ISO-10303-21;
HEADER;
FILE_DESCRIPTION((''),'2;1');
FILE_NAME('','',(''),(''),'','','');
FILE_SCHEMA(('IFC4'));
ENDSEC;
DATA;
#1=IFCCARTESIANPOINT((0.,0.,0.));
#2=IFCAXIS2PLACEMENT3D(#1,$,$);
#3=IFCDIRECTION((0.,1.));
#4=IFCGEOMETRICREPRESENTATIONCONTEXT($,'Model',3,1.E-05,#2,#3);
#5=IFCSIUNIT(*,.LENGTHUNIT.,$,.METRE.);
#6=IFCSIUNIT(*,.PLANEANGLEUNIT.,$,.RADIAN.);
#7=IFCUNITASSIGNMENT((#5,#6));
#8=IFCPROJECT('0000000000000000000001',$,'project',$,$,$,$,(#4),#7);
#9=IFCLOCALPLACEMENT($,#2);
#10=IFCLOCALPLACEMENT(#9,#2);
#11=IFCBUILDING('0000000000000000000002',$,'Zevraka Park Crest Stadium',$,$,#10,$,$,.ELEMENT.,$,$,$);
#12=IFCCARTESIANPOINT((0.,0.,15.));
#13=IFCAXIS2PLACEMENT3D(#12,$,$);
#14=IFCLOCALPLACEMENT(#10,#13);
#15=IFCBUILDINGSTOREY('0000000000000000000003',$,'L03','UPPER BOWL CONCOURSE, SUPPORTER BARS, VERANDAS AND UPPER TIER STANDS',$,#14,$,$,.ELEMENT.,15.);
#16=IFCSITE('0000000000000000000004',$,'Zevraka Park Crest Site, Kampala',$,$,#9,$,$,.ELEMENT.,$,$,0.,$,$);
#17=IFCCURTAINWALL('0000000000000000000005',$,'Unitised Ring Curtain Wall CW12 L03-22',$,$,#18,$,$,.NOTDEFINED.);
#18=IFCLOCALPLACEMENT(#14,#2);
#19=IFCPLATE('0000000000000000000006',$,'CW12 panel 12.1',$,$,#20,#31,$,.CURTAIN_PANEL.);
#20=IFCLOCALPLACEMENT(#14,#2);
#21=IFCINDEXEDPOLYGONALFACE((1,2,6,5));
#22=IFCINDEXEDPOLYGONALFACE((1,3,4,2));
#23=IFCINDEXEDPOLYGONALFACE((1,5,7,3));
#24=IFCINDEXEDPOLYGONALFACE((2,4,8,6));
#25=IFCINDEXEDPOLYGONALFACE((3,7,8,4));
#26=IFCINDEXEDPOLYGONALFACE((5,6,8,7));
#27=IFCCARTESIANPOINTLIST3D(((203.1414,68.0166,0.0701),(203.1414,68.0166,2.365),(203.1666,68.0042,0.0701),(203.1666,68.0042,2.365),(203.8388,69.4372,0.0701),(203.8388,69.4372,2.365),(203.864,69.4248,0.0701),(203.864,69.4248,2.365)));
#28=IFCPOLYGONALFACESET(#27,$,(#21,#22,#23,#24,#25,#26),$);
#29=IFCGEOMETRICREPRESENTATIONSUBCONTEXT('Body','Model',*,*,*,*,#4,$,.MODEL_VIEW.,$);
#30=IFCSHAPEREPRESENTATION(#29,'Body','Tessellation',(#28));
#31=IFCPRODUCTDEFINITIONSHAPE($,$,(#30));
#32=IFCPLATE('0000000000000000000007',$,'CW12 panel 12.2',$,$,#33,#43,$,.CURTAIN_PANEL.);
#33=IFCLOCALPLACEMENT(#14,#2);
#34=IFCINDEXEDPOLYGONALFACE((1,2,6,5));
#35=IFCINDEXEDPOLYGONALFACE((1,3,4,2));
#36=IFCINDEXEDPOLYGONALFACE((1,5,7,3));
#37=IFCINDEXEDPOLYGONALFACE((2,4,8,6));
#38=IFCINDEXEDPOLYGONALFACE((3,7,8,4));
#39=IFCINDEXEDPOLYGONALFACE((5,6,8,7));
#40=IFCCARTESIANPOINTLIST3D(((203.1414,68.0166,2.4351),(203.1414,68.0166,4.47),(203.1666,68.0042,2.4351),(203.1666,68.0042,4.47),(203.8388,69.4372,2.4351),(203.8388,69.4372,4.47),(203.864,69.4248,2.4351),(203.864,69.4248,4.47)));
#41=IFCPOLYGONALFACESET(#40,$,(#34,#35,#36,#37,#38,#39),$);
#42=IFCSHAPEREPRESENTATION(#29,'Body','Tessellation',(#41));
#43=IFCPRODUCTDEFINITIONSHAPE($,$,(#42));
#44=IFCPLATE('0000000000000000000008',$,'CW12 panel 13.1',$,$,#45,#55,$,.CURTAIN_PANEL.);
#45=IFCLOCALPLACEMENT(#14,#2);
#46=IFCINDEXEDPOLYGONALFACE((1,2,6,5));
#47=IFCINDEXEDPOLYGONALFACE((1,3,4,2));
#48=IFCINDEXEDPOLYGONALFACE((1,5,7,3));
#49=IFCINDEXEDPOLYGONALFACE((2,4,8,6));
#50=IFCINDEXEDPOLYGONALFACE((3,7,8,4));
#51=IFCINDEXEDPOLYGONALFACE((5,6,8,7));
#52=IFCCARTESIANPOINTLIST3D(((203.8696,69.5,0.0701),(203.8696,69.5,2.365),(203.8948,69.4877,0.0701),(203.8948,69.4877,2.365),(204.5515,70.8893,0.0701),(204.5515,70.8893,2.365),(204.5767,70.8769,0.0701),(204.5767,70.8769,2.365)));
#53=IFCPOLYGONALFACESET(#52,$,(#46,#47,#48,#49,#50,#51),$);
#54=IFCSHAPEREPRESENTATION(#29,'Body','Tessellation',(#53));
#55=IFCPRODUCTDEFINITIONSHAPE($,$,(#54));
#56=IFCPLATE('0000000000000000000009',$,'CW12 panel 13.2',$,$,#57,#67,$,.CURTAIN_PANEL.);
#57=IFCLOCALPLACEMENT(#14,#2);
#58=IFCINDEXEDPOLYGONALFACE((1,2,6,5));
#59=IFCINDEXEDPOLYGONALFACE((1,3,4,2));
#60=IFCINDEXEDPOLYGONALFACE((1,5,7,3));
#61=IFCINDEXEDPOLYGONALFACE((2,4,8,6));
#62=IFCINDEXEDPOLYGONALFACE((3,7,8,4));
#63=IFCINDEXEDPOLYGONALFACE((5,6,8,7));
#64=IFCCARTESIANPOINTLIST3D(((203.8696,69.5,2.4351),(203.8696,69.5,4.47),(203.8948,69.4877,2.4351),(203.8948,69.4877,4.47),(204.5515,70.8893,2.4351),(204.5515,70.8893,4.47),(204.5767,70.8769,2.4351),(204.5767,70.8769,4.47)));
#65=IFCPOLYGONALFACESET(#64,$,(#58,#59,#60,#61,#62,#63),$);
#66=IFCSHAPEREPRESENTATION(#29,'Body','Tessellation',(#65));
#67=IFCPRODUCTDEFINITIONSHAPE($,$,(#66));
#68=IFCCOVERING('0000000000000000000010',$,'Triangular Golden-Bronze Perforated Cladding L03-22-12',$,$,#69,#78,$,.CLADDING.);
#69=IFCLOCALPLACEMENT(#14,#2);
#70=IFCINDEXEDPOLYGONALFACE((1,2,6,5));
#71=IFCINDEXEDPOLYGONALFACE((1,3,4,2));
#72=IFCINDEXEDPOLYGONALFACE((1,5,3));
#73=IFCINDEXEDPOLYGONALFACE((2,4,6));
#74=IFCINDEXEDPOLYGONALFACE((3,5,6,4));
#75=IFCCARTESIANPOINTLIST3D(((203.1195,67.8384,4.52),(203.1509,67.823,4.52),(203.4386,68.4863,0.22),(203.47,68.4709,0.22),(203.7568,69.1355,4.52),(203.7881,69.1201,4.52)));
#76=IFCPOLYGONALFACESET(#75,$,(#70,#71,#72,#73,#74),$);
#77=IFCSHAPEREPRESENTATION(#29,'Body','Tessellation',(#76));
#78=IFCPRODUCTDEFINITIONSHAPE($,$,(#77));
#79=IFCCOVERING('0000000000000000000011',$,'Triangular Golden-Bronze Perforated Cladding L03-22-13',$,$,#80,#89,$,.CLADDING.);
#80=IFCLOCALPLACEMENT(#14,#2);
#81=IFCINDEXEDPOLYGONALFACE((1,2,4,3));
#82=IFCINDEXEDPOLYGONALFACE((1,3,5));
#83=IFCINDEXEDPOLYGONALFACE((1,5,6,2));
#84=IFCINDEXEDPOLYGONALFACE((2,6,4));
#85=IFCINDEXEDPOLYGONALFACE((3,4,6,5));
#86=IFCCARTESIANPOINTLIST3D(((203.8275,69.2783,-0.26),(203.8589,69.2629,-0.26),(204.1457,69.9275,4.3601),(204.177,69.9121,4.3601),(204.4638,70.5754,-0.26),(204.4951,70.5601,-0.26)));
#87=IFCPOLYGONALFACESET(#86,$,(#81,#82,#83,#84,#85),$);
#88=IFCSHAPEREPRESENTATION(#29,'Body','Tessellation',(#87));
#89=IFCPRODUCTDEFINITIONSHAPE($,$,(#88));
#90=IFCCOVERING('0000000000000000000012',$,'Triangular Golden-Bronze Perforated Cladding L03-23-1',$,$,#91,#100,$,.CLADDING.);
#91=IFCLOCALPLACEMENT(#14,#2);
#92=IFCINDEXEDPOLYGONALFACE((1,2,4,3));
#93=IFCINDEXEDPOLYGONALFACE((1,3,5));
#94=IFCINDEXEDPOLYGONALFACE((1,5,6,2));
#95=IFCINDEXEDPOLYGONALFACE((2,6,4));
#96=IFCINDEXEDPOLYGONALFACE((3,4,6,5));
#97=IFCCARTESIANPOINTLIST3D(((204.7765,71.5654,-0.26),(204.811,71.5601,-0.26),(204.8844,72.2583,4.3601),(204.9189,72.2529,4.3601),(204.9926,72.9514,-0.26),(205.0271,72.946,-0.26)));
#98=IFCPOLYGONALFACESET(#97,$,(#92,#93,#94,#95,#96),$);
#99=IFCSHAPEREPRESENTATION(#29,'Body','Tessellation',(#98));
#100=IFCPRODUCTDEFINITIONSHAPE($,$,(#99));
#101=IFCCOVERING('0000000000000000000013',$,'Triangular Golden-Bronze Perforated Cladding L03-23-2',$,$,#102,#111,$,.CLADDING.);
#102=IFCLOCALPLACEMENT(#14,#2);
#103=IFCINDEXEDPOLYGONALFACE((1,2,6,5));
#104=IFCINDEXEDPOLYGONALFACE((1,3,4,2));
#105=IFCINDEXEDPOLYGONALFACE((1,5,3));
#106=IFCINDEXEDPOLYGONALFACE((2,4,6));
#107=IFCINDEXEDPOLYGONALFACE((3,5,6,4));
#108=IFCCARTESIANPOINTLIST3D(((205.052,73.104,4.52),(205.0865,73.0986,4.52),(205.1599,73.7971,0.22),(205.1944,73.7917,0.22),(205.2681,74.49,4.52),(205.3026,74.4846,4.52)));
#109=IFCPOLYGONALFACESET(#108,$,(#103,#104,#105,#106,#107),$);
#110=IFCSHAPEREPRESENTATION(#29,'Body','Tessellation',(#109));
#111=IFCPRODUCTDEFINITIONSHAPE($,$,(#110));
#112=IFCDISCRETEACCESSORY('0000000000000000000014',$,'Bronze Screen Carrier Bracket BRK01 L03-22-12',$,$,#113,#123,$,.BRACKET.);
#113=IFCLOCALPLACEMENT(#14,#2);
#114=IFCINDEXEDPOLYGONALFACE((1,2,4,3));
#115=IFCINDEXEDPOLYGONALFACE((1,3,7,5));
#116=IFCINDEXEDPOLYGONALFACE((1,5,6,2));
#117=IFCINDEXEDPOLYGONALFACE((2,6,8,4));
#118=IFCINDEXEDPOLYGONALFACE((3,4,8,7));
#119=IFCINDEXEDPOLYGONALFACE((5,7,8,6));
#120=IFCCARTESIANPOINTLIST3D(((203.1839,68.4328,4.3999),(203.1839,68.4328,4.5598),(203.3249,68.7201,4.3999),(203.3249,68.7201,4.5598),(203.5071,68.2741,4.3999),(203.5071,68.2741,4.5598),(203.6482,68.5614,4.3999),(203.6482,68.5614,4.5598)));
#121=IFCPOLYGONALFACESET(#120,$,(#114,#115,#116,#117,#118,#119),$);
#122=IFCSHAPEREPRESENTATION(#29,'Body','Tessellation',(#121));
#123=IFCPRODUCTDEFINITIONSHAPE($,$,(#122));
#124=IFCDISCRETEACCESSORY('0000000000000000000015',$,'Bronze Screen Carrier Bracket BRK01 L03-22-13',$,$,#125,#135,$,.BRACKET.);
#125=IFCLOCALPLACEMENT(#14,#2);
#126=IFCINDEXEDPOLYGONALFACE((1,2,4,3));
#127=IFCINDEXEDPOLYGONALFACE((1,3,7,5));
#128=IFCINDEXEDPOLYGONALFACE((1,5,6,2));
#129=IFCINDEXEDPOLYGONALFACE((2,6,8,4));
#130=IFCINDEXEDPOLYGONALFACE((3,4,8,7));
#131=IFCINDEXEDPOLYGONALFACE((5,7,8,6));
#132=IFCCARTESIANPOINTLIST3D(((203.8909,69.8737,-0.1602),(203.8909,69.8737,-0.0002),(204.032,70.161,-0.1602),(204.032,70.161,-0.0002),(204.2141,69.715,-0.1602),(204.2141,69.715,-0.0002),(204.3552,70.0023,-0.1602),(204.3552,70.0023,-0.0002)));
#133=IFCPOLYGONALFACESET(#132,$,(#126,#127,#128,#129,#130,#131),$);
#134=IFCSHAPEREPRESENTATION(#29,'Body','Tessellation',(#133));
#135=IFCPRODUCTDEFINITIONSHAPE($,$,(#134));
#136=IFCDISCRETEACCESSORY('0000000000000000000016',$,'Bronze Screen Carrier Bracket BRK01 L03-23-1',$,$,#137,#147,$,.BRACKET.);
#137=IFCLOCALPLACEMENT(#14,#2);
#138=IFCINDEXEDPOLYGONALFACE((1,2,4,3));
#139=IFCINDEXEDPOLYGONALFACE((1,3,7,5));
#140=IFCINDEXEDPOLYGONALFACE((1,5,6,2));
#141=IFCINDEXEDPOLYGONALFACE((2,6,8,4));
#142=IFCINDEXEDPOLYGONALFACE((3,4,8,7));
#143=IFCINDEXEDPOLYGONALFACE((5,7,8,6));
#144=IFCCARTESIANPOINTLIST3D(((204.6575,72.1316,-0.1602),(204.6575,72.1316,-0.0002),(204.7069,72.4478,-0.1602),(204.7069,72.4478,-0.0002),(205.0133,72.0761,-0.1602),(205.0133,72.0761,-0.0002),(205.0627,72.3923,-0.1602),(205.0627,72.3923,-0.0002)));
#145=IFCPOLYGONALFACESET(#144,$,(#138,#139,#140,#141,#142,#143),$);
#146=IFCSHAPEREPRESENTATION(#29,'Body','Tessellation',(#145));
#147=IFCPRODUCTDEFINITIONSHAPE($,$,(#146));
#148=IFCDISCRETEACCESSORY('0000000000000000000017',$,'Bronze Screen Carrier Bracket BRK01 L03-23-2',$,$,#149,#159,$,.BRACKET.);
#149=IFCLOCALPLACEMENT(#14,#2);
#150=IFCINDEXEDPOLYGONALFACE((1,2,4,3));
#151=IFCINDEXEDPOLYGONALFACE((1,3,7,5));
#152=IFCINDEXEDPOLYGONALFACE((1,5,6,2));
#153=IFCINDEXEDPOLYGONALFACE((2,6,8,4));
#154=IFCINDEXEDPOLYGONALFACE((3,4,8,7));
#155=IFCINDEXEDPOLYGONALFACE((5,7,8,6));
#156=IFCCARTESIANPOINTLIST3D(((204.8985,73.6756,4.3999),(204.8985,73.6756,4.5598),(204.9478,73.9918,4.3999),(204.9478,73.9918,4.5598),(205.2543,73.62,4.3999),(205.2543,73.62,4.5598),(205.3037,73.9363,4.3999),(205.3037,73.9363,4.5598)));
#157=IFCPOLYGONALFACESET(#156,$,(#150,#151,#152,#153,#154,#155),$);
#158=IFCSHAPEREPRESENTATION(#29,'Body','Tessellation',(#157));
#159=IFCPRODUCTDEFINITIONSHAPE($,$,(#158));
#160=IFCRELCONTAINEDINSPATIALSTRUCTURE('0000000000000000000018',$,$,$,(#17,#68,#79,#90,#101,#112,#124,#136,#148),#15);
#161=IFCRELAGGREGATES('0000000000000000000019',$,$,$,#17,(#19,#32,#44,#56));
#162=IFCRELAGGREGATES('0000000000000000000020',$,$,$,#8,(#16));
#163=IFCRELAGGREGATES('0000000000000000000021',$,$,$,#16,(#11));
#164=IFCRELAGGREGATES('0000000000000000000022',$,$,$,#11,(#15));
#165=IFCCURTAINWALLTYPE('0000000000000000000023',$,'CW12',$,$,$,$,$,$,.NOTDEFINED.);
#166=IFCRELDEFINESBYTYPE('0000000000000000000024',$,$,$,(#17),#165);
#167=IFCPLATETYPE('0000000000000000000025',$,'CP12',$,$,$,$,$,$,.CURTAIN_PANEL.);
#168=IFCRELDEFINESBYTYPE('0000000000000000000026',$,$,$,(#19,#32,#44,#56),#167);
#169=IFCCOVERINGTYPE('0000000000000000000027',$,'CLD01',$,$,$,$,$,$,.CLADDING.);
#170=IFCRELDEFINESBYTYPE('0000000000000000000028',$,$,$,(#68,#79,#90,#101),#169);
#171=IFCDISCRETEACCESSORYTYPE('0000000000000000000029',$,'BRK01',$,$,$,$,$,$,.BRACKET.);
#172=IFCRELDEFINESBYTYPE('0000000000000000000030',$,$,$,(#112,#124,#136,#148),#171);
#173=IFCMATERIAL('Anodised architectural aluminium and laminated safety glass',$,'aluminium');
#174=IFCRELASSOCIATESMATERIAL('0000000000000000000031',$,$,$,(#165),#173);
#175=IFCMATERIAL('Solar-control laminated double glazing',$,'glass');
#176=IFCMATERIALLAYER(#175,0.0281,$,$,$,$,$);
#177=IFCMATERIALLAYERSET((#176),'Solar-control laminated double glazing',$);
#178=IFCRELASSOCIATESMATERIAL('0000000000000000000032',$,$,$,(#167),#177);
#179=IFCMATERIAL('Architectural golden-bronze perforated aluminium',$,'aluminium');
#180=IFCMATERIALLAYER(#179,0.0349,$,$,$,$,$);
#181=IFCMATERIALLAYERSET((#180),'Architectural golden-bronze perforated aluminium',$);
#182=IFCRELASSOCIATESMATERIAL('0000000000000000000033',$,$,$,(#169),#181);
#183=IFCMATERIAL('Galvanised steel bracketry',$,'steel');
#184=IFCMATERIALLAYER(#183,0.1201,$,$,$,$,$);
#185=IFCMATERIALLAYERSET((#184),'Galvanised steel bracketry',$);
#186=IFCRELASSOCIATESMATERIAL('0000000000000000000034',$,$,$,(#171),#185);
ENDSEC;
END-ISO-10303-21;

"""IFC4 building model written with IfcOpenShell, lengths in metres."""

from ifc_helpers import new_model, si_unit, direction, frame, origin, origin_2d, place, context, subcontext, project, spatial, polyline, rectangle, outline, extrude, material, layer, layer_set, type_object, element, aggregate, save


model = new_model("IFC4")

# Units and contexts
model_context = context("Model", 3, precision=1e-05, world=origin(), true_north=direction((0.0, 1.0)))
body_context = subcontext(model_context, "Body", "Model", "MODEL_VIEW")
ifc_project = project(units=[si_unit("LENGTHUNIT", "METRE"), si_unit("PLANEANGLEUNIT", "RADIAN")], contexts=[model_context])

# Site, building, storey
site_placement = place(None, origin())
site = spatial("IfcSite", under=ifc_project, at=site_placement, Name="Zevraka Park Crest Site, Kampala", CompositionType="ELEMENT", RefElevation=0.0)
building_placement = place(site_placement, origin())
building = spatial("IfcBuilding", under=site, at=building_placement, Name="Zevraka Park Crest Stadium", CompositionType="ELEMENT")
storey_placement = place(building_placement, frame((0.0, 0.0, 15.0)))
storey = spatial("IfcBuildingStorey", under=building, at=storey_placement, Name="L03", Description="UPPER BOWL CONCOURSE, SUPPORTER BARS, VERANDAS AND UPPER TIER STANDS", CompositionType="ELEMENT", Elevation=15.0)

# Curtain wall
ifc_material_1 = material(Name="Anodised architectural aluminium and laminated safety glass", Category="aluminium")
curtain_wall_type_1 = type_object("IfcCurtainWallType", Name="CW12", PredefinedType="NOTDEFINED", material=ifc_material_1)
curtain_wall_1_placement = place(storey_placement, origin())
curtain_wall_1 = element("IfcCurtainWall", 1, at=curtain_wall_1_placement, inside=storey, type_object=curtain_wall_type_1, Name="Unitised Ring Curtain Wall CW12 L03-22", PredefinedType="NOTDEFINED")

# Plates
ifc_material_2 = material(Name="Solar-control laminated double glazing", Category="glass")
ifc_layer_1 = layer(ifc_material_2, 0.0281)
ifc_layer_set_1 = layer_set([ifc_layer_1], Name="Solar-control laminated double glazing")
plate_type_1 = type_object("IfcPlateType", Name="CP12", PredefinedType="CURTAIN_PANEL", material=ifc_layer_set_1)
plate_1_placement = place(storey_placement, frame((203.5027, 68.7207, 0.0701), z_axis=(0.0, 0.0, 1.0), x_axis=(0.440666, 0.897671, 0.0)))
plate_1 = element("IfcPlate", 2, at=plate_1_placement, type_object=plate_type_1, Name="CW12 panel 12.1", PredefinedType="CURTAIN_PANEL", context=body_context, shape_type="SweptSolid", body=[
    extrude(rectangle(XDim=1.5825, YDim=0.0281, at=origin_2d()), origin(), (0.0, 0.0, 1.0), 2.2949),
])
plate_2_placement = place(storey_placement, frame((203.5027, 68.7207, 2.4351), z_axis=(0.0, 0.0, 1.0), x_axis=(0.440666, 0.897671, 0.0)))
plate_2 = element("IfcPlate", 3, at=plate_2_placement, type_object=plate_type_1, Name="CW12 panel 12.2", PredefinedType="CURTAIN_PANEL", context=body_context, shape_type="SweptSolid", body=[
    extrude(rectangle(XDim=1.5825, YDim=0.0281, at=origin_2d()), origin(), (0.0, 0.0, 1.0), 2.0349),
])
plate_3_placement = place(storey_placement, frame((204.2231, 70.1885, 0.0701), z_axis=(0.0, 0.0, 1.0), x_axis=(0.440666, 0.897671, 0.0)))
plate_3 = element("IfcPlate", 4, at=plate_3_placement, type_object=plate_type_1, Name="CW12 panel 13.1", PredefinedType="CURTAIN_PANEL", context=body_context, shape_type="SweptSolid", body=[
    extrude(rectangle(XDim=1.5476, YDim=0.0281, at=origin_2d()), origin(), (0.0, 0.0, 1.0), 2.2949),
])
plate_4_placement = place(storey_placement, frame((204.2231, 70.1885, 2.4351), z_axis=(0.0, 0.0, 1.0), x_axis=(0.440666, 0.897671, 0.0)))
plate_4 = element("IfcPlate", 5, at=plate_4_placement, type_object=plate_type_1, Name="CW12 panel 13.2", PredefinedType="CURTAIN_PANEL", context=body_context, shape_type="SweptSolid", body=[
    extrude(rectangle(XDim=1.5476, YDim=0.0281, at=origin_2d()), origin(), (0.0, 0.0, 1.0), 2.0349),
])
aggregate(curtain_wall_1, [plate_1, plate_2, plate_3, plate_4])

# Coverings
ifc_material_3 = material(Name="Architectural golden-bronze perforated aluminium", Category="aluminium")
ifc_layer_2 = layer(ifc_material_3, 0.0349)
ifc_layer_set_2 = layer_set([ifc_layer_2], Name="Architectural golden-bronze perforated aluminium")
covering_type = type_object("IfcCoveringType", Name="CLD01", PredefinedType="CLADDING", material=ifc_layer_set_2)
covering_1_placement = place(storey_placement, frame((203.7881, 69.1201, 4.52), z_axis=(0.897547, -0.440918, 0.000165), x_axis=(-0.440918, -0.897547, 0.0)))
element("IfcCovering", 6, at=covering_1_placement, inside=storey, type_object=covering_type, Name="Triangular Golden-Bronze Perforated Cladding L03-22-12", PredefinedType="CLADDING", context=body_context, shape_type="SweptSolid", body=[
    extrude(outline(polyline([(0.0, 0.0), (1.4452, 0.0), (0.7229, 4.3), (0.0, 0.0)])), origin(), (0.0, 0.0, -1.0), 0.0349),
])
covering_2_placement = place(storey_placement, frame((203.8589, 69.2629, -0.26), z_axis=(0.897815, -0.440374, 0.000058), x_axis=(0.440374, 0.897815, 0.0)))
element("IfcCovering", 7, at=covering_2_placement, inside=storey, type_object=covering_type, Name="Triangular Golden-Bronze Perforated Cladding L03-22-13", PredefinedType="CLADDING", context=body_context, shape_type="SweptSolid", body=[
    extrude(outline(polyline([(0.0, 0.0), (1.4448, 0.0), (0.7229, 4.6201), (0.0, 0.0)])), origin(), (0.0, 0.0, -1.0), 0.0349),
])
covering_3_placement = place(storey_placement, frame((204.811, 71.5601, -0.26), z_axis=(0.988066, -0.154032, 0.000022), x_axis=(0.154032, 0.988066, 0.0)))
element("IfcCovering", 8, at=covering_3_placement, inside=storey, type_object=covering_type, Name="Triangular Golden-Bronze Perforated Cladding L03-23-1", PredefinedType="CLADDING", context=body_context, shape_type="SweptSolid", body=[
    extrude(outline(polyline([(0.0, 0.0), (1.4027, 0.0), (0.7012, 4.6201), (0.0, 0.0)])), origin(), (0.0, 0.0, -1.0), 0.0349),
])
covering_4_placement = place(storey_placement, frame((205.2681, 74.49, 4.52), z_axis=(-0.988066, 0.154032, 0.000032), x_axis=(-0.154032, -0.988066, 0.0)))
element("IfcCovering", 9, at=covering_4_placement, inside=storey, type_object=covering_type, Name="Triangular Golden-Bronze Perforated Cladding L03-23-2", PredefinedType="CLADDING", context=body_context, shape_type="SweptSolid", body=[
    extrude(outline(polyline([(0.0, 0.0), (1.4027, 0.0), (0.7013, -4.3), (0.0, 0.0)])), origin(), (0.0, 0.0, -1.0), 0.0349),
])

# Discrete accessories
ifc_material_4 = material(Name="Galvanised steel bracketry", Category="steel")
ifc_layer_3 = layer(ifc_material_4, 0.1201)
ifc_layer_set_3 = layer_set([ifc_layer_3], Name="Galvanised steel bracketry")
discrete_accessory_type = type_object("IfcDiscreteAccessoryType", Name="BRK01", PredefinedType="BRACKET", material=ifc_layer_set_3)
for number, where, z_axis, x_axis, name in (
    (10, (203.416, 68.4971, 4.3999), (0.0, 0.0, 1.0), (0.440723, 0.897643, 0.0), "Bronze Screen Carrier Bracket BRK01 L03-22-12"),
    (11, (204.123, 69.938, -0.1602), (0.0, 0.0, 1.0), (0.440723, 0.897643, 0.0), "Bronze Screen Carrier Bracket BRK01 L03-22-13"),
    (12, (204.8601, 72.262, -0.1602), (0.0, 0.0, 1.0), (0.154193, 0.988041, 0.0), "Bronze Screen Carrier Bracket BRK01 L03-23-1"),
    (13, (205.1011, 73.8059, 4.3999), (0.0, 0.0, 1.0), (0.154193, 0.988041, 0.0), "Bronze Screen Carrier Bracket BRK01 L03-23-2"),
):
    element("IfcDiscreteAccessory", number, at=place(storey_placement, frame(where, z_axis=z_axis, x_axis=x_axis)), inside=storey, type_object=discrete_accessory_type, Name=name, PredefinedType="BRACKET", context=body_context, shape_type="SweptSolid", body=[
        extrude(rectangle(XDim=0.3201, YDim=0.3601, at=origin_2d()), origin(), (0.0, 0.0, 1.0), 0.1599),
    ])

save(model, "model.ifc")
